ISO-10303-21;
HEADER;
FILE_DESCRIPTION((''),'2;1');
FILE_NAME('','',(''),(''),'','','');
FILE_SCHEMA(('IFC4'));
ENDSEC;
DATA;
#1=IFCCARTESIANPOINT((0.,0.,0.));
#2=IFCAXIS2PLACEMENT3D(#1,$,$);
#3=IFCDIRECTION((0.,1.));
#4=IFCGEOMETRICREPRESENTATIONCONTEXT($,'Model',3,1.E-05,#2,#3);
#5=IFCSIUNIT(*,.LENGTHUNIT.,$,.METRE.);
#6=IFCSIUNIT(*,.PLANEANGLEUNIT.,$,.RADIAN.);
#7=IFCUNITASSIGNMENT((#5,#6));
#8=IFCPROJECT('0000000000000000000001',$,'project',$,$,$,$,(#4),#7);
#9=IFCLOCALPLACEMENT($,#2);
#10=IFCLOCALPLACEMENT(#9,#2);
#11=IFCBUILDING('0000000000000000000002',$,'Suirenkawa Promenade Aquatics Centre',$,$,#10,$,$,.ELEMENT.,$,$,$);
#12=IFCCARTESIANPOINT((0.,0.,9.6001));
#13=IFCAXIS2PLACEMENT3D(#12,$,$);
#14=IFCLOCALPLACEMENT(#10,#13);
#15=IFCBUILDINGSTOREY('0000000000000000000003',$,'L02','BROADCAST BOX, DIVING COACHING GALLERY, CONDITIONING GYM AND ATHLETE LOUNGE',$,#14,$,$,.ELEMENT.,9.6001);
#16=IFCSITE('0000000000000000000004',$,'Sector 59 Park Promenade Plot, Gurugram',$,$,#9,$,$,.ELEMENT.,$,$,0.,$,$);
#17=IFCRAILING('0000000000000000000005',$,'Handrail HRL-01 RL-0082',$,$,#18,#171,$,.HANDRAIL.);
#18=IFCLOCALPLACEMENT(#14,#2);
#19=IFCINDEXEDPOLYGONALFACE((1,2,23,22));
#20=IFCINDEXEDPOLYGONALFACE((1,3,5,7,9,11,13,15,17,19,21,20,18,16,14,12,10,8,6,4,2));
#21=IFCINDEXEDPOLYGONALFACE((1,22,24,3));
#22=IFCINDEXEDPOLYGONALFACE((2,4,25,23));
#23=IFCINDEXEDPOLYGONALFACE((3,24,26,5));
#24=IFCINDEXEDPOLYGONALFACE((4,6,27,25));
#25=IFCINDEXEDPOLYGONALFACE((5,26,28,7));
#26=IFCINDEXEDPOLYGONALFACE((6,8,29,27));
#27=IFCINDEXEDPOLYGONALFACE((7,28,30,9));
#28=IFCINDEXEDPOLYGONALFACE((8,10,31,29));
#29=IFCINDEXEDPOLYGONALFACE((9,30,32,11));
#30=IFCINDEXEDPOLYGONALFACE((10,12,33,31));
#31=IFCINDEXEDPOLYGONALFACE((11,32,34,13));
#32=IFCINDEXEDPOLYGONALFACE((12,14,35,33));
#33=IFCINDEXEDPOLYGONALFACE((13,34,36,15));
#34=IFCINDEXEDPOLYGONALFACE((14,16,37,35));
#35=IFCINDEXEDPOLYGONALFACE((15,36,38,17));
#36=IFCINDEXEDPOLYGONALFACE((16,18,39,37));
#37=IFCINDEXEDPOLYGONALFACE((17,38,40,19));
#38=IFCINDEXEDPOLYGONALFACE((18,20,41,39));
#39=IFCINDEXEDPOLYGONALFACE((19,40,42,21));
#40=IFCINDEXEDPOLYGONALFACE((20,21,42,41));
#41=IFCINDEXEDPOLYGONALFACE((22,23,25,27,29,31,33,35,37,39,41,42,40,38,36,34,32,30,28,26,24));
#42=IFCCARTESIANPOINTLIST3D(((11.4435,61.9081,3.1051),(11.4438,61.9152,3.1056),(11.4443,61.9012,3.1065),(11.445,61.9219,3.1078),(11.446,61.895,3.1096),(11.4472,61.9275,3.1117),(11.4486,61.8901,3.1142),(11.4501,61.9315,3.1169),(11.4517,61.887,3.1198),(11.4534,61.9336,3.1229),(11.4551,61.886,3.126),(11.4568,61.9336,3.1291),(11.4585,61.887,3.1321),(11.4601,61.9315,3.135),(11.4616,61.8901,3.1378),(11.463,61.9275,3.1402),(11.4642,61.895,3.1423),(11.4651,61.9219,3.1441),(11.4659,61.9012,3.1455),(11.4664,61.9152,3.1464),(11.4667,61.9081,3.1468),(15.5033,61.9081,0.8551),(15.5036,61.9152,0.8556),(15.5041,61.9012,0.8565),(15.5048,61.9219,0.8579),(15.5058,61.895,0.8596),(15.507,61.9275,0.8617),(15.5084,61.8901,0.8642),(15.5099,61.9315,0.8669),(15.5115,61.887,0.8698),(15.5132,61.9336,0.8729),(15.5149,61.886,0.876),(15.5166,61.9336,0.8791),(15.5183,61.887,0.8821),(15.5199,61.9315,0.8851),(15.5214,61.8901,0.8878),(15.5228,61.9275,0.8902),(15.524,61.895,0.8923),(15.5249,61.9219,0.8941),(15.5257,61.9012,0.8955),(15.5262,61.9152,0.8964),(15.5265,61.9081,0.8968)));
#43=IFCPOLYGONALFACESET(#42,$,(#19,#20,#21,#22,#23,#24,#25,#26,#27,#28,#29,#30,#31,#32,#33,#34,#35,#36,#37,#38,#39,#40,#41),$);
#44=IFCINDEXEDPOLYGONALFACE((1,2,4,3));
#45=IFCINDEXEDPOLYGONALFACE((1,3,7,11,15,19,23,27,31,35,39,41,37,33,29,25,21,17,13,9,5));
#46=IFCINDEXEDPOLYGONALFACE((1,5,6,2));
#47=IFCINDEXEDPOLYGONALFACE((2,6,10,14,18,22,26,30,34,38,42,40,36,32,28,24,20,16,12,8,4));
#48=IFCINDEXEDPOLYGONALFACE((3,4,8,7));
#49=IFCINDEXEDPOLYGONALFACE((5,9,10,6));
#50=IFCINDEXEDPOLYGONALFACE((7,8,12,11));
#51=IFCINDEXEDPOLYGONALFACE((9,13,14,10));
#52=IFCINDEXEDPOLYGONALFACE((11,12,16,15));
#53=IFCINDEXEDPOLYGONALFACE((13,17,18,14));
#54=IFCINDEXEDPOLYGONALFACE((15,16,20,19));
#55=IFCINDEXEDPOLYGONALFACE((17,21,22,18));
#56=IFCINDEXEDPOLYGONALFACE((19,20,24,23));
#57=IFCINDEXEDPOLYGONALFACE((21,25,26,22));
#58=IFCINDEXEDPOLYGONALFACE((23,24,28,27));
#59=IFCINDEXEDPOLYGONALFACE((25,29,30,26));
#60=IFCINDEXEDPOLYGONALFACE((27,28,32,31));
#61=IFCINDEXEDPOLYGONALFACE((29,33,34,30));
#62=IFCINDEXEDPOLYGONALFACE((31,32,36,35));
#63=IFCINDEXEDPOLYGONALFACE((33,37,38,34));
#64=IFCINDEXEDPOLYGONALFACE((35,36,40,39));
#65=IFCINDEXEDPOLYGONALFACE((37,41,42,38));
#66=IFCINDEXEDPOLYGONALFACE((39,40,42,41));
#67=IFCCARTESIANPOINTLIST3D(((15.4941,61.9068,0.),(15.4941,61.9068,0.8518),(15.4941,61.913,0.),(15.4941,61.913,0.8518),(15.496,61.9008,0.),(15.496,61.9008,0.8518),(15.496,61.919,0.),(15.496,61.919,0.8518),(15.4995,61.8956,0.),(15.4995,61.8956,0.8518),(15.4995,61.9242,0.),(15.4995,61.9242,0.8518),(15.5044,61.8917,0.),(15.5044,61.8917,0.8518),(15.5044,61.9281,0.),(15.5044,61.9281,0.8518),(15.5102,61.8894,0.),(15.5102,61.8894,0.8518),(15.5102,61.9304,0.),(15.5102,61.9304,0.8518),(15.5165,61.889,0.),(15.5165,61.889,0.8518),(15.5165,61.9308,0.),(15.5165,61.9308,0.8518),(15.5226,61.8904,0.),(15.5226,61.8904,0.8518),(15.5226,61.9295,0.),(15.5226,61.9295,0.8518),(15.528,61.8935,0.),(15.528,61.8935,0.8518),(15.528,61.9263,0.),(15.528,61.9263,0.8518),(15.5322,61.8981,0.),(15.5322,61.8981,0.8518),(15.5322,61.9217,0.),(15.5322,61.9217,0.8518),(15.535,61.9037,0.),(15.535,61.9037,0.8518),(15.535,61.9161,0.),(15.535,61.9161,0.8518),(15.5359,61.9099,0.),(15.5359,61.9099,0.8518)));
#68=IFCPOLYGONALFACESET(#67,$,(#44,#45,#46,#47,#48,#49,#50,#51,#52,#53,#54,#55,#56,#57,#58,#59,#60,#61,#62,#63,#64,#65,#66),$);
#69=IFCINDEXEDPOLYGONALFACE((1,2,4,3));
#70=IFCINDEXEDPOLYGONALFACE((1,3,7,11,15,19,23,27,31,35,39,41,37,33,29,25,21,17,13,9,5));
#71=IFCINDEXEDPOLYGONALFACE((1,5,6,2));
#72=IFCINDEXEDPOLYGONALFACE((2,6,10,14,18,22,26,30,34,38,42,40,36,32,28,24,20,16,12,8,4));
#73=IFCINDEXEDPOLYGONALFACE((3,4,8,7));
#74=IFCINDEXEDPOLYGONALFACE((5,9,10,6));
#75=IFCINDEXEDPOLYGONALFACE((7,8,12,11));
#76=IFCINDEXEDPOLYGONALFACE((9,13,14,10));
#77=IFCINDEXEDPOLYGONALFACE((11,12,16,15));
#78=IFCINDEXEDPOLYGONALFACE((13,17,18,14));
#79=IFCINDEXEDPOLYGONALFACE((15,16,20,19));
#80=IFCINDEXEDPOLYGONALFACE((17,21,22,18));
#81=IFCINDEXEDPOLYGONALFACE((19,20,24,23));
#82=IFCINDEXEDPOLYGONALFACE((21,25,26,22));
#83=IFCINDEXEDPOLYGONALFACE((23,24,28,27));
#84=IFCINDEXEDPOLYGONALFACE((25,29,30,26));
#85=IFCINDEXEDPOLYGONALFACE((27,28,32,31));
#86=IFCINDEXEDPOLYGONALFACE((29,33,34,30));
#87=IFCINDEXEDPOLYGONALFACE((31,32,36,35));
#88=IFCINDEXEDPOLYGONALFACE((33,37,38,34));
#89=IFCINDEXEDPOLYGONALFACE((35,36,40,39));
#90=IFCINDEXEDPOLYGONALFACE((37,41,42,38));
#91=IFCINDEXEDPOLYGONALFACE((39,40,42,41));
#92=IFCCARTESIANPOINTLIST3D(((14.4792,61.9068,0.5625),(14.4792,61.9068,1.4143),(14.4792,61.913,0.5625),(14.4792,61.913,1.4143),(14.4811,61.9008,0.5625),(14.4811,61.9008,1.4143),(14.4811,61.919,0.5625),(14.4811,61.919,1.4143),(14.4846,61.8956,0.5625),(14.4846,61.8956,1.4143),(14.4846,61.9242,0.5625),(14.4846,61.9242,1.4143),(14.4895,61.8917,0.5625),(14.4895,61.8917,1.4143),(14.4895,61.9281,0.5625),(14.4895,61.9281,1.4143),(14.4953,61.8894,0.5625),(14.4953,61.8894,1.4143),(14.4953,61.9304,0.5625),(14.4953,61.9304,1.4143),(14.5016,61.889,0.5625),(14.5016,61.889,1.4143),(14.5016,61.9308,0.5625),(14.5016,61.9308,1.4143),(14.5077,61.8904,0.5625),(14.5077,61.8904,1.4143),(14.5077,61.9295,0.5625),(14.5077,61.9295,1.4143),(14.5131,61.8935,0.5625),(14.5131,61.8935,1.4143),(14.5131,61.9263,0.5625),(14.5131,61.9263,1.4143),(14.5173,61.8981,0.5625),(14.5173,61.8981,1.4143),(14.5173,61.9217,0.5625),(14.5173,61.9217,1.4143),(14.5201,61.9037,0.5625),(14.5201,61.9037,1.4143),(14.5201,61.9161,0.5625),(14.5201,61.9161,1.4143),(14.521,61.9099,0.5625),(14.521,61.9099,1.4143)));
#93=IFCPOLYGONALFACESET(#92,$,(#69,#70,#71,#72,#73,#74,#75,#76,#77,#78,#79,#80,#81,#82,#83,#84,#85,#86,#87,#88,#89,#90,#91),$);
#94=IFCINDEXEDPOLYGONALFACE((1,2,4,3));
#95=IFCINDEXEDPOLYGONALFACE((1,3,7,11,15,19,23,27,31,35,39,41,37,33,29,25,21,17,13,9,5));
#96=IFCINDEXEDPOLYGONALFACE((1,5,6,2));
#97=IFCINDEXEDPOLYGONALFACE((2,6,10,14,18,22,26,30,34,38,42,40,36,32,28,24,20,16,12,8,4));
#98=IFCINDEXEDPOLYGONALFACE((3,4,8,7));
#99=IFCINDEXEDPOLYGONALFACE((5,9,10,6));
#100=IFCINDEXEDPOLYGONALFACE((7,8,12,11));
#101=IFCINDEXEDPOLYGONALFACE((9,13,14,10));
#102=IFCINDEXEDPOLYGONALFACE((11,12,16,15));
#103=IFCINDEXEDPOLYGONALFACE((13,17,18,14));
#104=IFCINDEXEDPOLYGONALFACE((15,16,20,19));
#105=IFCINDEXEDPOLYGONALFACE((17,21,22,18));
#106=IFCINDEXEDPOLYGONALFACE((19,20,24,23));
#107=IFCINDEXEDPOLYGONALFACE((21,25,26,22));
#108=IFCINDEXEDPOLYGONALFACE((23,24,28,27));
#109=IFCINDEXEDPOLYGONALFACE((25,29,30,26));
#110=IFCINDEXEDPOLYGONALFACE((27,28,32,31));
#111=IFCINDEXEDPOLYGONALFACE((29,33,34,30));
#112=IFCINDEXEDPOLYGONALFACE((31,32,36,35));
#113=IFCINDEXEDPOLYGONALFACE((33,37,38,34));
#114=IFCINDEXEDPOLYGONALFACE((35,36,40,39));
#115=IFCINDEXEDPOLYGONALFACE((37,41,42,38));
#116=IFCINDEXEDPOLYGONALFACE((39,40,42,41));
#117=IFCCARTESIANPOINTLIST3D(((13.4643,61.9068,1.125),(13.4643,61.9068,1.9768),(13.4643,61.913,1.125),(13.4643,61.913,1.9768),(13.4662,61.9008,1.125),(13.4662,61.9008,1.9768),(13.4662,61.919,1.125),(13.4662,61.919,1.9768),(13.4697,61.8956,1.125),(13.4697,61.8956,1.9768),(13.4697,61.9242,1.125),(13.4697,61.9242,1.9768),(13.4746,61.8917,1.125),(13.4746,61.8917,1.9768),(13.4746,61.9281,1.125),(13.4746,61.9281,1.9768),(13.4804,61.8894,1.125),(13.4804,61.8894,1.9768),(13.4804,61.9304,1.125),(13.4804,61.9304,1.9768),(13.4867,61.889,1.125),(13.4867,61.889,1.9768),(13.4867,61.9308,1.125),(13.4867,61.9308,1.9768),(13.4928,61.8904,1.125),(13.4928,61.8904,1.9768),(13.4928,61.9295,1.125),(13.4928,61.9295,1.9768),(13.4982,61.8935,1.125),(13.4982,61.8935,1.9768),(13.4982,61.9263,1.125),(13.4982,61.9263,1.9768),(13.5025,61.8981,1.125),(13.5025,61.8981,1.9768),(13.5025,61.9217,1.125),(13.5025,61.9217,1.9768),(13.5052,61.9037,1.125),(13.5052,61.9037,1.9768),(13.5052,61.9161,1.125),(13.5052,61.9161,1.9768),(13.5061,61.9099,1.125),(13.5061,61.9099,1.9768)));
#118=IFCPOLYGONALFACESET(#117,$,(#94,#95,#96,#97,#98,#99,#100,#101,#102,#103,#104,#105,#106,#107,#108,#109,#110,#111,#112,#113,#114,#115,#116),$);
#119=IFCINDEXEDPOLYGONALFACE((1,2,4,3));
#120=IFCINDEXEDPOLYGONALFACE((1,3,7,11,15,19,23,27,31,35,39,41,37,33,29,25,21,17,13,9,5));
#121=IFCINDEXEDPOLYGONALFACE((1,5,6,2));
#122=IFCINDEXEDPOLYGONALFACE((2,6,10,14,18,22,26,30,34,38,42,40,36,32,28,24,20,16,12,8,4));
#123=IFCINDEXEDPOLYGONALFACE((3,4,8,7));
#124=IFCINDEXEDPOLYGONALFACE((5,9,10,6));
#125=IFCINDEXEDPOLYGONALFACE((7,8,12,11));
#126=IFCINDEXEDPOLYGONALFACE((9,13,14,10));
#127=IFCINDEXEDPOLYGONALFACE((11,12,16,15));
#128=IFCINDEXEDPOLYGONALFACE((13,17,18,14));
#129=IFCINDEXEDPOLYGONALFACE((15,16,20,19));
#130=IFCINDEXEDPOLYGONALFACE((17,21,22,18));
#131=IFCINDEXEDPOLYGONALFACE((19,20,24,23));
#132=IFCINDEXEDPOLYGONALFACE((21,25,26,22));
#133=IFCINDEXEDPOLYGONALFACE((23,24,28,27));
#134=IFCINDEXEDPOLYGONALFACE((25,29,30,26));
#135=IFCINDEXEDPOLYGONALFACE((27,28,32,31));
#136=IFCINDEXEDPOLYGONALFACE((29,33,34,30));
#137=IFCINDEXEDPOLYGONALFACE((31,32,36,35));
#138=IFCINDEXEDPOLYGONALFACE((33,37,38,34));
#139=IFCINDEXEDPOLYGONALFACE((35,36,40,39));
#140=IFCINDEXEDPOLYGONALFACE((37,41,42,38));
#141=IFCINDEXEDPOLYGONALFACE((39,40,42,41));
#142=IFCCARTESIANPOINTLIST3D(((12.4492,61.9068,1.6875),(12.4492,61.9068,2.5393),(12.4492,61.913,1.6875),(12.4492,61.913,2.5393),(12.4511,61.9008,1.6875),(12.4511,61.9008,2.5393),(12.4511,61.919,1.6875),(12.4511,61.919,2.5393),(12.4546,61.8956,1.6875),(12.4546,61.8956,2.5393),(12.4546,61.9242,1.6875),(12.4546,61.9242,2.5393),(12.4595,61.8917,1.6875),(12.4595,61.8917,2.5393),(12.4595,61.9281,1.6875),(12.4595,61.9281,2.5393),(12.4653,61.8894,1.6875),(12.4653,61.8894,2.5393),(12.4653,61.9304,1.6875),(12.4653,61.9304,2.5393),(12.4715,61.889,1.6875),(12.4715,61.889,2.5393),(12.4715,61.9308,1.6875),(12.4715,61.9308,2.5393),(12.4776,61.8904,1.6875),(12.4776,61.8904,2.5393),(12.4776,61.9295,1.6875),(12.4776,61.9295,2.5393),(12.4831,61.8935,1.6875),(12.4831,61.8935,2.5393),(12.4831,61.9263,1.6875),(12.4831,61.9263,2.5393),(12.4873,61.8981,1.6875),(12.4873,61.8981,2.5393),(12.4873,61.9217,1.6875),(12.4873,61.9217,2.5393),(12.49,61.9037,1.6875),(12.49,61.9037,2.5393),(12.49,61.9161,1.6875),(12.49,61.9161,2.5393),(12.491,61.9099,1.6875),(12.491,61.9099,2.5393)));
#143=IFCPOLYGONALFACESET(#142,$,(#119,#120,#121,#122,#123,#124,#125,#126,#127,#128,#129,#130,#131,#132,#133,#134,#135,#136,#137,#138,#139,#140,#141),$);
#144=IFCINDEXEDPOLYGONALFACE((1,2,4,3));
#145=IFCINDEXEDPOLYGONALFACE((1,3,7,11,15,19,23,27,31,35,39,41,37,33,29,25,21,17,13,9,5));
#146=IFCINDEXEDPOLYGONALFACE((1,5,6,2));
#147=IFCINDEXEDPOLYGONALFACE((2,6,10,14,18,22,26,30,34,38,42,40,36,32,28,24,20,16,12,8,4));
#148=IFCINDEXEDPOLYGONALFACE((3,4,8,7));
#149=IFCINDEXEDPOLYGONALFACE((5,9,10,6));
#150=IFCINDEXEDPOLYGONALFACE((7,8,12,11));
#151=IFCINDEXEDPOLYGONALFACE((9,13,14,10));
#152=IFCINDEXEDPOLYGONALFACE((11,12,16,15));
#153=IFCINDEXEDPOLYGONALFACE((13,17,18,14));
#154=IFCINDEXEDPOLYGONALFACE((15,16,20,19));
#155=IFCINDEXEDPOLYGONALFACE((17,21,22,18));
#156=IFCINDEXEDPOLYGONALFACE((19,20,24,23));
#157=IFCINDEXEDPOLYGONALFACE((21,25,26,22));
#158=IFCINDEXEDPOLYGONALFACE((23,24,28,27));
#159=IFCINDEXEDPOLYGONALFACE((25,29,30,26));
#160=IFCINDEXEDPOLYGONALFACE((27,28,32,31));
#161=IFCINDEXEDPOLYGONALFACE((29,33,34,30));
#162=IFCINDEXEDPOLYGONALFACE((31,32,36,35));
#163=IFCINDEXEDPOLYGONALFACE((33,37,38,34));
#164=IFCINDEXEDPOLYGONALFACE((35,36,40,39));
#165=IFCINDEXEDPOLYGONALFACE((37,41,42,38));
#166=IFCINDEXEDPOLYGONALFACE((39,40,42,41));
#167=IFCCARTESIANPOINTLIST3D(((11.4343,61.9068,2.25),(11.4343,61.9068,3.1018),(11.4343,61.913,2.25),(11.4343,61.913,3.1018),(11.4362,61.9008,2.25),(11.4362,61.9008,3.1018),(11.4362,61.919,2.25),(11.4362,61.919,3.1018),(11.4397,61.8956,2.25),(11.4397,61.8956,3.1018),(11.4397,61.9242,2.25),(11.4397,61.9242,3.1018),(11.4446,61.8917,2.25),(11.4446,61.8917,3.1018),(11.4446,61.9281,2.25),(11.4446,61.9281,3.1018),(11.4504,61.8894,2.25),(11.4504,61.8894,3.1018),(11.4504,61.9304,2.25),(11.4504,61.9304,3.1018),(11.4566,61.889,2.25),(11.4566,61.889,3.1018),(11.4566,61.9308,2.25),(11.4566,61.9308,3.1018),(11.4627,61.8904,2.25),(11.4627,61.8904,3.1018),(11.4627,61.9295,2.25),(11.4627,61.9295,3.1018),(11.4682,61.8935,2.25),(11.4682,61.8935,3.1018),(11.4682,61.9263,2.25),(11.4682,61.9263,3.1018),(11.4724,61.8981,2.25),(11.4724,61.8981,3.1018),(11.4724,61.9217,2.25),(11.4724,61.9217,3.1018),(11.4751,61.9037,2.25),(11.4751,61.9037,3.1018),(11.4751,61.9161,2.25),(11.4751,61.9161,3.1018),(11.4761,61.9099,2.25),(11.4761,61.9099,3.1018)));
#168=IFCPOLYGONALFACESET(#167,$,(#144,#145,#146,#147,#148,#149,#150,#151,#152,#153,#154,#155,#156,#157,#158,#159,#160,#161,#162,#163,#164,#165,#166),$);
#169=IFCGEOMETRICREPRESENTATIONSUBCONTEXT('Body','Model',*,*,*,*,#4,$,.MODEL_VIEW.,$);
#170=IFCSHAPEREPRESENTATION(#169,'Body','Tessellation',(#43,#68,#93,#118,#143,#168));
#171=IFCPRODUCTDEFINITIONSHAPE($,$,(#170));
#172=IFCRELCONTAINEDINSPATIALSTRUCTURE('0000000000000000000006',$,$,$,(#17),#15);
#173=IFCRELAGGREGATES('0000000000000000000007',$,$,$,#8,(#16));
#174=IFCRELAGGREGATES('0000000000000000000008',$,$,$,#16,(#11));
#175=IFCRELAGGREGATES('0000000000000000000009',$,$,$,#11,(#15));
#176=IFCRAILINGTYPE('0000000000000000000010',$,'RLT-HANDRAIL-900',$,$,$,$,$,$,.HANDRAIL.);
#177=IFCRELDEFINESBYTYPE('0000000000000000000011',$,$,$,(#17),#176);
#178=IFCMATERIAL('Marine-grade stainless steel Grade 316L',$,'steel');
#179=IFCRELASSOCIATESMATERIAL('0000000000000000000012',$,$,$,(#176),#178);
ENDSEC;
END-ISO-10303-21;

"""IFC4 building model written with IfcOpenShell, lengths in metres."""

from ifc_helpers import new_model, si_unit, direction, frame, origin, origin_2d, place, context, subcontext, project, spatial, circle, extrude, material, type_object, element, save


model = new_model("IFC4")

# Units and contexts
model_context = context("Model", 3, precision=1e-05, world=origin(), true_north=direction((0.0, 1.0)))
body_context = subcontext(model_context, "Body", "Model", "MODEL_VIEW")
ifc_project = project(units=[si_unit("LENGTHUNIT", "METRE"), si_unit("PLANEANGLEUNIT", "RADIAN")], contexts=[model_context])

# Site, building, storey
site_placement = place(None, origin())
site = spatial("IfcSite", under=ifc_project, at=site_placement, Name="Sector 59 Park Promenade Plot, Gurugram", CompositionType="ELEMENT", RefElevation=0.0)
building_placement = place(site_placement, origin())
building = spatial("IfcBuilding", under=site, at=building_placement, Name="Suirenkawa Promenade Aquatics Centre", CompositionType="ELEMENT")
storey_placement = place(building_placement, frame((0.0, 0.0, 9.6001)))
storey = spatial("IfcBuildingStorey", under=building, at=storey_placement, Name="L02", Description="BROADCAST BOX, DIVING COACHING GALLERY, CONDITIONING GYM AND ATHLETE LOUNGE", CompositionType="ELEMENT", Elevation=9.6001)

# Railing
ifc_material_1 = material(Name="Marine-grade stainless steel Grade 316L", Category="steel")
railing_type_1 = type_object("IfcRailingType", Name="RLT-HANDRAIL-900", PredefinedType="HANDRAIL", material=ifc_material_1)
for number, where, name in (
    (1, (15.5149, 61.9099, 0.0), "Handrail HRL-01 RL-0082"),
):
    element("IfcRailing", number, at=place(storey_placement, frame(where)), inside=storey, type_object=railing_type_1, Name=name, PredefinedType="HANDRAIL", context=body_context, shape_type="SweptSolid", body=[
        extrude(circle(Radius=0.0239, at=origin_2d()), frame((0.0, 0.0, 0.876), z_axis=(-0.874656, 0.0, 0.484745), x_axis=(0.0, -1.0, 0.0)), (0.0, 0.0, 1.0), 4.6416),
        extrude(circle(Radius=0.021, at=origin_2d()), origin(), (0.0, 0.0, 1.0), 0.8518),
        extrude(circle(Radius=0.021, at=origin_2d()), frame((-1.0149, 0.0, 0.5625)), (0.0, 0.0, 1.0), 0.8518),
        extrude(circle(Radius=0.021, at=origin_2d()), frame((-2.0298, 0.0, 1.125)), (0.0, 0.0, 1.0), 0.8518),
        extrude(circle(Radius=0.021, at=origin_2d()), frame((-3.0449, 0.0, 1.6875)), (0.0, 0.0, 1.0), 0.8518),
        extrude(circle(Radius=0.021, at=origin_2d()), frame((-4.0598, 0.0, 2.25)), (0.0, 0.0, 1.0), 0.8518),
    ])

save(model, "model.ifc")
